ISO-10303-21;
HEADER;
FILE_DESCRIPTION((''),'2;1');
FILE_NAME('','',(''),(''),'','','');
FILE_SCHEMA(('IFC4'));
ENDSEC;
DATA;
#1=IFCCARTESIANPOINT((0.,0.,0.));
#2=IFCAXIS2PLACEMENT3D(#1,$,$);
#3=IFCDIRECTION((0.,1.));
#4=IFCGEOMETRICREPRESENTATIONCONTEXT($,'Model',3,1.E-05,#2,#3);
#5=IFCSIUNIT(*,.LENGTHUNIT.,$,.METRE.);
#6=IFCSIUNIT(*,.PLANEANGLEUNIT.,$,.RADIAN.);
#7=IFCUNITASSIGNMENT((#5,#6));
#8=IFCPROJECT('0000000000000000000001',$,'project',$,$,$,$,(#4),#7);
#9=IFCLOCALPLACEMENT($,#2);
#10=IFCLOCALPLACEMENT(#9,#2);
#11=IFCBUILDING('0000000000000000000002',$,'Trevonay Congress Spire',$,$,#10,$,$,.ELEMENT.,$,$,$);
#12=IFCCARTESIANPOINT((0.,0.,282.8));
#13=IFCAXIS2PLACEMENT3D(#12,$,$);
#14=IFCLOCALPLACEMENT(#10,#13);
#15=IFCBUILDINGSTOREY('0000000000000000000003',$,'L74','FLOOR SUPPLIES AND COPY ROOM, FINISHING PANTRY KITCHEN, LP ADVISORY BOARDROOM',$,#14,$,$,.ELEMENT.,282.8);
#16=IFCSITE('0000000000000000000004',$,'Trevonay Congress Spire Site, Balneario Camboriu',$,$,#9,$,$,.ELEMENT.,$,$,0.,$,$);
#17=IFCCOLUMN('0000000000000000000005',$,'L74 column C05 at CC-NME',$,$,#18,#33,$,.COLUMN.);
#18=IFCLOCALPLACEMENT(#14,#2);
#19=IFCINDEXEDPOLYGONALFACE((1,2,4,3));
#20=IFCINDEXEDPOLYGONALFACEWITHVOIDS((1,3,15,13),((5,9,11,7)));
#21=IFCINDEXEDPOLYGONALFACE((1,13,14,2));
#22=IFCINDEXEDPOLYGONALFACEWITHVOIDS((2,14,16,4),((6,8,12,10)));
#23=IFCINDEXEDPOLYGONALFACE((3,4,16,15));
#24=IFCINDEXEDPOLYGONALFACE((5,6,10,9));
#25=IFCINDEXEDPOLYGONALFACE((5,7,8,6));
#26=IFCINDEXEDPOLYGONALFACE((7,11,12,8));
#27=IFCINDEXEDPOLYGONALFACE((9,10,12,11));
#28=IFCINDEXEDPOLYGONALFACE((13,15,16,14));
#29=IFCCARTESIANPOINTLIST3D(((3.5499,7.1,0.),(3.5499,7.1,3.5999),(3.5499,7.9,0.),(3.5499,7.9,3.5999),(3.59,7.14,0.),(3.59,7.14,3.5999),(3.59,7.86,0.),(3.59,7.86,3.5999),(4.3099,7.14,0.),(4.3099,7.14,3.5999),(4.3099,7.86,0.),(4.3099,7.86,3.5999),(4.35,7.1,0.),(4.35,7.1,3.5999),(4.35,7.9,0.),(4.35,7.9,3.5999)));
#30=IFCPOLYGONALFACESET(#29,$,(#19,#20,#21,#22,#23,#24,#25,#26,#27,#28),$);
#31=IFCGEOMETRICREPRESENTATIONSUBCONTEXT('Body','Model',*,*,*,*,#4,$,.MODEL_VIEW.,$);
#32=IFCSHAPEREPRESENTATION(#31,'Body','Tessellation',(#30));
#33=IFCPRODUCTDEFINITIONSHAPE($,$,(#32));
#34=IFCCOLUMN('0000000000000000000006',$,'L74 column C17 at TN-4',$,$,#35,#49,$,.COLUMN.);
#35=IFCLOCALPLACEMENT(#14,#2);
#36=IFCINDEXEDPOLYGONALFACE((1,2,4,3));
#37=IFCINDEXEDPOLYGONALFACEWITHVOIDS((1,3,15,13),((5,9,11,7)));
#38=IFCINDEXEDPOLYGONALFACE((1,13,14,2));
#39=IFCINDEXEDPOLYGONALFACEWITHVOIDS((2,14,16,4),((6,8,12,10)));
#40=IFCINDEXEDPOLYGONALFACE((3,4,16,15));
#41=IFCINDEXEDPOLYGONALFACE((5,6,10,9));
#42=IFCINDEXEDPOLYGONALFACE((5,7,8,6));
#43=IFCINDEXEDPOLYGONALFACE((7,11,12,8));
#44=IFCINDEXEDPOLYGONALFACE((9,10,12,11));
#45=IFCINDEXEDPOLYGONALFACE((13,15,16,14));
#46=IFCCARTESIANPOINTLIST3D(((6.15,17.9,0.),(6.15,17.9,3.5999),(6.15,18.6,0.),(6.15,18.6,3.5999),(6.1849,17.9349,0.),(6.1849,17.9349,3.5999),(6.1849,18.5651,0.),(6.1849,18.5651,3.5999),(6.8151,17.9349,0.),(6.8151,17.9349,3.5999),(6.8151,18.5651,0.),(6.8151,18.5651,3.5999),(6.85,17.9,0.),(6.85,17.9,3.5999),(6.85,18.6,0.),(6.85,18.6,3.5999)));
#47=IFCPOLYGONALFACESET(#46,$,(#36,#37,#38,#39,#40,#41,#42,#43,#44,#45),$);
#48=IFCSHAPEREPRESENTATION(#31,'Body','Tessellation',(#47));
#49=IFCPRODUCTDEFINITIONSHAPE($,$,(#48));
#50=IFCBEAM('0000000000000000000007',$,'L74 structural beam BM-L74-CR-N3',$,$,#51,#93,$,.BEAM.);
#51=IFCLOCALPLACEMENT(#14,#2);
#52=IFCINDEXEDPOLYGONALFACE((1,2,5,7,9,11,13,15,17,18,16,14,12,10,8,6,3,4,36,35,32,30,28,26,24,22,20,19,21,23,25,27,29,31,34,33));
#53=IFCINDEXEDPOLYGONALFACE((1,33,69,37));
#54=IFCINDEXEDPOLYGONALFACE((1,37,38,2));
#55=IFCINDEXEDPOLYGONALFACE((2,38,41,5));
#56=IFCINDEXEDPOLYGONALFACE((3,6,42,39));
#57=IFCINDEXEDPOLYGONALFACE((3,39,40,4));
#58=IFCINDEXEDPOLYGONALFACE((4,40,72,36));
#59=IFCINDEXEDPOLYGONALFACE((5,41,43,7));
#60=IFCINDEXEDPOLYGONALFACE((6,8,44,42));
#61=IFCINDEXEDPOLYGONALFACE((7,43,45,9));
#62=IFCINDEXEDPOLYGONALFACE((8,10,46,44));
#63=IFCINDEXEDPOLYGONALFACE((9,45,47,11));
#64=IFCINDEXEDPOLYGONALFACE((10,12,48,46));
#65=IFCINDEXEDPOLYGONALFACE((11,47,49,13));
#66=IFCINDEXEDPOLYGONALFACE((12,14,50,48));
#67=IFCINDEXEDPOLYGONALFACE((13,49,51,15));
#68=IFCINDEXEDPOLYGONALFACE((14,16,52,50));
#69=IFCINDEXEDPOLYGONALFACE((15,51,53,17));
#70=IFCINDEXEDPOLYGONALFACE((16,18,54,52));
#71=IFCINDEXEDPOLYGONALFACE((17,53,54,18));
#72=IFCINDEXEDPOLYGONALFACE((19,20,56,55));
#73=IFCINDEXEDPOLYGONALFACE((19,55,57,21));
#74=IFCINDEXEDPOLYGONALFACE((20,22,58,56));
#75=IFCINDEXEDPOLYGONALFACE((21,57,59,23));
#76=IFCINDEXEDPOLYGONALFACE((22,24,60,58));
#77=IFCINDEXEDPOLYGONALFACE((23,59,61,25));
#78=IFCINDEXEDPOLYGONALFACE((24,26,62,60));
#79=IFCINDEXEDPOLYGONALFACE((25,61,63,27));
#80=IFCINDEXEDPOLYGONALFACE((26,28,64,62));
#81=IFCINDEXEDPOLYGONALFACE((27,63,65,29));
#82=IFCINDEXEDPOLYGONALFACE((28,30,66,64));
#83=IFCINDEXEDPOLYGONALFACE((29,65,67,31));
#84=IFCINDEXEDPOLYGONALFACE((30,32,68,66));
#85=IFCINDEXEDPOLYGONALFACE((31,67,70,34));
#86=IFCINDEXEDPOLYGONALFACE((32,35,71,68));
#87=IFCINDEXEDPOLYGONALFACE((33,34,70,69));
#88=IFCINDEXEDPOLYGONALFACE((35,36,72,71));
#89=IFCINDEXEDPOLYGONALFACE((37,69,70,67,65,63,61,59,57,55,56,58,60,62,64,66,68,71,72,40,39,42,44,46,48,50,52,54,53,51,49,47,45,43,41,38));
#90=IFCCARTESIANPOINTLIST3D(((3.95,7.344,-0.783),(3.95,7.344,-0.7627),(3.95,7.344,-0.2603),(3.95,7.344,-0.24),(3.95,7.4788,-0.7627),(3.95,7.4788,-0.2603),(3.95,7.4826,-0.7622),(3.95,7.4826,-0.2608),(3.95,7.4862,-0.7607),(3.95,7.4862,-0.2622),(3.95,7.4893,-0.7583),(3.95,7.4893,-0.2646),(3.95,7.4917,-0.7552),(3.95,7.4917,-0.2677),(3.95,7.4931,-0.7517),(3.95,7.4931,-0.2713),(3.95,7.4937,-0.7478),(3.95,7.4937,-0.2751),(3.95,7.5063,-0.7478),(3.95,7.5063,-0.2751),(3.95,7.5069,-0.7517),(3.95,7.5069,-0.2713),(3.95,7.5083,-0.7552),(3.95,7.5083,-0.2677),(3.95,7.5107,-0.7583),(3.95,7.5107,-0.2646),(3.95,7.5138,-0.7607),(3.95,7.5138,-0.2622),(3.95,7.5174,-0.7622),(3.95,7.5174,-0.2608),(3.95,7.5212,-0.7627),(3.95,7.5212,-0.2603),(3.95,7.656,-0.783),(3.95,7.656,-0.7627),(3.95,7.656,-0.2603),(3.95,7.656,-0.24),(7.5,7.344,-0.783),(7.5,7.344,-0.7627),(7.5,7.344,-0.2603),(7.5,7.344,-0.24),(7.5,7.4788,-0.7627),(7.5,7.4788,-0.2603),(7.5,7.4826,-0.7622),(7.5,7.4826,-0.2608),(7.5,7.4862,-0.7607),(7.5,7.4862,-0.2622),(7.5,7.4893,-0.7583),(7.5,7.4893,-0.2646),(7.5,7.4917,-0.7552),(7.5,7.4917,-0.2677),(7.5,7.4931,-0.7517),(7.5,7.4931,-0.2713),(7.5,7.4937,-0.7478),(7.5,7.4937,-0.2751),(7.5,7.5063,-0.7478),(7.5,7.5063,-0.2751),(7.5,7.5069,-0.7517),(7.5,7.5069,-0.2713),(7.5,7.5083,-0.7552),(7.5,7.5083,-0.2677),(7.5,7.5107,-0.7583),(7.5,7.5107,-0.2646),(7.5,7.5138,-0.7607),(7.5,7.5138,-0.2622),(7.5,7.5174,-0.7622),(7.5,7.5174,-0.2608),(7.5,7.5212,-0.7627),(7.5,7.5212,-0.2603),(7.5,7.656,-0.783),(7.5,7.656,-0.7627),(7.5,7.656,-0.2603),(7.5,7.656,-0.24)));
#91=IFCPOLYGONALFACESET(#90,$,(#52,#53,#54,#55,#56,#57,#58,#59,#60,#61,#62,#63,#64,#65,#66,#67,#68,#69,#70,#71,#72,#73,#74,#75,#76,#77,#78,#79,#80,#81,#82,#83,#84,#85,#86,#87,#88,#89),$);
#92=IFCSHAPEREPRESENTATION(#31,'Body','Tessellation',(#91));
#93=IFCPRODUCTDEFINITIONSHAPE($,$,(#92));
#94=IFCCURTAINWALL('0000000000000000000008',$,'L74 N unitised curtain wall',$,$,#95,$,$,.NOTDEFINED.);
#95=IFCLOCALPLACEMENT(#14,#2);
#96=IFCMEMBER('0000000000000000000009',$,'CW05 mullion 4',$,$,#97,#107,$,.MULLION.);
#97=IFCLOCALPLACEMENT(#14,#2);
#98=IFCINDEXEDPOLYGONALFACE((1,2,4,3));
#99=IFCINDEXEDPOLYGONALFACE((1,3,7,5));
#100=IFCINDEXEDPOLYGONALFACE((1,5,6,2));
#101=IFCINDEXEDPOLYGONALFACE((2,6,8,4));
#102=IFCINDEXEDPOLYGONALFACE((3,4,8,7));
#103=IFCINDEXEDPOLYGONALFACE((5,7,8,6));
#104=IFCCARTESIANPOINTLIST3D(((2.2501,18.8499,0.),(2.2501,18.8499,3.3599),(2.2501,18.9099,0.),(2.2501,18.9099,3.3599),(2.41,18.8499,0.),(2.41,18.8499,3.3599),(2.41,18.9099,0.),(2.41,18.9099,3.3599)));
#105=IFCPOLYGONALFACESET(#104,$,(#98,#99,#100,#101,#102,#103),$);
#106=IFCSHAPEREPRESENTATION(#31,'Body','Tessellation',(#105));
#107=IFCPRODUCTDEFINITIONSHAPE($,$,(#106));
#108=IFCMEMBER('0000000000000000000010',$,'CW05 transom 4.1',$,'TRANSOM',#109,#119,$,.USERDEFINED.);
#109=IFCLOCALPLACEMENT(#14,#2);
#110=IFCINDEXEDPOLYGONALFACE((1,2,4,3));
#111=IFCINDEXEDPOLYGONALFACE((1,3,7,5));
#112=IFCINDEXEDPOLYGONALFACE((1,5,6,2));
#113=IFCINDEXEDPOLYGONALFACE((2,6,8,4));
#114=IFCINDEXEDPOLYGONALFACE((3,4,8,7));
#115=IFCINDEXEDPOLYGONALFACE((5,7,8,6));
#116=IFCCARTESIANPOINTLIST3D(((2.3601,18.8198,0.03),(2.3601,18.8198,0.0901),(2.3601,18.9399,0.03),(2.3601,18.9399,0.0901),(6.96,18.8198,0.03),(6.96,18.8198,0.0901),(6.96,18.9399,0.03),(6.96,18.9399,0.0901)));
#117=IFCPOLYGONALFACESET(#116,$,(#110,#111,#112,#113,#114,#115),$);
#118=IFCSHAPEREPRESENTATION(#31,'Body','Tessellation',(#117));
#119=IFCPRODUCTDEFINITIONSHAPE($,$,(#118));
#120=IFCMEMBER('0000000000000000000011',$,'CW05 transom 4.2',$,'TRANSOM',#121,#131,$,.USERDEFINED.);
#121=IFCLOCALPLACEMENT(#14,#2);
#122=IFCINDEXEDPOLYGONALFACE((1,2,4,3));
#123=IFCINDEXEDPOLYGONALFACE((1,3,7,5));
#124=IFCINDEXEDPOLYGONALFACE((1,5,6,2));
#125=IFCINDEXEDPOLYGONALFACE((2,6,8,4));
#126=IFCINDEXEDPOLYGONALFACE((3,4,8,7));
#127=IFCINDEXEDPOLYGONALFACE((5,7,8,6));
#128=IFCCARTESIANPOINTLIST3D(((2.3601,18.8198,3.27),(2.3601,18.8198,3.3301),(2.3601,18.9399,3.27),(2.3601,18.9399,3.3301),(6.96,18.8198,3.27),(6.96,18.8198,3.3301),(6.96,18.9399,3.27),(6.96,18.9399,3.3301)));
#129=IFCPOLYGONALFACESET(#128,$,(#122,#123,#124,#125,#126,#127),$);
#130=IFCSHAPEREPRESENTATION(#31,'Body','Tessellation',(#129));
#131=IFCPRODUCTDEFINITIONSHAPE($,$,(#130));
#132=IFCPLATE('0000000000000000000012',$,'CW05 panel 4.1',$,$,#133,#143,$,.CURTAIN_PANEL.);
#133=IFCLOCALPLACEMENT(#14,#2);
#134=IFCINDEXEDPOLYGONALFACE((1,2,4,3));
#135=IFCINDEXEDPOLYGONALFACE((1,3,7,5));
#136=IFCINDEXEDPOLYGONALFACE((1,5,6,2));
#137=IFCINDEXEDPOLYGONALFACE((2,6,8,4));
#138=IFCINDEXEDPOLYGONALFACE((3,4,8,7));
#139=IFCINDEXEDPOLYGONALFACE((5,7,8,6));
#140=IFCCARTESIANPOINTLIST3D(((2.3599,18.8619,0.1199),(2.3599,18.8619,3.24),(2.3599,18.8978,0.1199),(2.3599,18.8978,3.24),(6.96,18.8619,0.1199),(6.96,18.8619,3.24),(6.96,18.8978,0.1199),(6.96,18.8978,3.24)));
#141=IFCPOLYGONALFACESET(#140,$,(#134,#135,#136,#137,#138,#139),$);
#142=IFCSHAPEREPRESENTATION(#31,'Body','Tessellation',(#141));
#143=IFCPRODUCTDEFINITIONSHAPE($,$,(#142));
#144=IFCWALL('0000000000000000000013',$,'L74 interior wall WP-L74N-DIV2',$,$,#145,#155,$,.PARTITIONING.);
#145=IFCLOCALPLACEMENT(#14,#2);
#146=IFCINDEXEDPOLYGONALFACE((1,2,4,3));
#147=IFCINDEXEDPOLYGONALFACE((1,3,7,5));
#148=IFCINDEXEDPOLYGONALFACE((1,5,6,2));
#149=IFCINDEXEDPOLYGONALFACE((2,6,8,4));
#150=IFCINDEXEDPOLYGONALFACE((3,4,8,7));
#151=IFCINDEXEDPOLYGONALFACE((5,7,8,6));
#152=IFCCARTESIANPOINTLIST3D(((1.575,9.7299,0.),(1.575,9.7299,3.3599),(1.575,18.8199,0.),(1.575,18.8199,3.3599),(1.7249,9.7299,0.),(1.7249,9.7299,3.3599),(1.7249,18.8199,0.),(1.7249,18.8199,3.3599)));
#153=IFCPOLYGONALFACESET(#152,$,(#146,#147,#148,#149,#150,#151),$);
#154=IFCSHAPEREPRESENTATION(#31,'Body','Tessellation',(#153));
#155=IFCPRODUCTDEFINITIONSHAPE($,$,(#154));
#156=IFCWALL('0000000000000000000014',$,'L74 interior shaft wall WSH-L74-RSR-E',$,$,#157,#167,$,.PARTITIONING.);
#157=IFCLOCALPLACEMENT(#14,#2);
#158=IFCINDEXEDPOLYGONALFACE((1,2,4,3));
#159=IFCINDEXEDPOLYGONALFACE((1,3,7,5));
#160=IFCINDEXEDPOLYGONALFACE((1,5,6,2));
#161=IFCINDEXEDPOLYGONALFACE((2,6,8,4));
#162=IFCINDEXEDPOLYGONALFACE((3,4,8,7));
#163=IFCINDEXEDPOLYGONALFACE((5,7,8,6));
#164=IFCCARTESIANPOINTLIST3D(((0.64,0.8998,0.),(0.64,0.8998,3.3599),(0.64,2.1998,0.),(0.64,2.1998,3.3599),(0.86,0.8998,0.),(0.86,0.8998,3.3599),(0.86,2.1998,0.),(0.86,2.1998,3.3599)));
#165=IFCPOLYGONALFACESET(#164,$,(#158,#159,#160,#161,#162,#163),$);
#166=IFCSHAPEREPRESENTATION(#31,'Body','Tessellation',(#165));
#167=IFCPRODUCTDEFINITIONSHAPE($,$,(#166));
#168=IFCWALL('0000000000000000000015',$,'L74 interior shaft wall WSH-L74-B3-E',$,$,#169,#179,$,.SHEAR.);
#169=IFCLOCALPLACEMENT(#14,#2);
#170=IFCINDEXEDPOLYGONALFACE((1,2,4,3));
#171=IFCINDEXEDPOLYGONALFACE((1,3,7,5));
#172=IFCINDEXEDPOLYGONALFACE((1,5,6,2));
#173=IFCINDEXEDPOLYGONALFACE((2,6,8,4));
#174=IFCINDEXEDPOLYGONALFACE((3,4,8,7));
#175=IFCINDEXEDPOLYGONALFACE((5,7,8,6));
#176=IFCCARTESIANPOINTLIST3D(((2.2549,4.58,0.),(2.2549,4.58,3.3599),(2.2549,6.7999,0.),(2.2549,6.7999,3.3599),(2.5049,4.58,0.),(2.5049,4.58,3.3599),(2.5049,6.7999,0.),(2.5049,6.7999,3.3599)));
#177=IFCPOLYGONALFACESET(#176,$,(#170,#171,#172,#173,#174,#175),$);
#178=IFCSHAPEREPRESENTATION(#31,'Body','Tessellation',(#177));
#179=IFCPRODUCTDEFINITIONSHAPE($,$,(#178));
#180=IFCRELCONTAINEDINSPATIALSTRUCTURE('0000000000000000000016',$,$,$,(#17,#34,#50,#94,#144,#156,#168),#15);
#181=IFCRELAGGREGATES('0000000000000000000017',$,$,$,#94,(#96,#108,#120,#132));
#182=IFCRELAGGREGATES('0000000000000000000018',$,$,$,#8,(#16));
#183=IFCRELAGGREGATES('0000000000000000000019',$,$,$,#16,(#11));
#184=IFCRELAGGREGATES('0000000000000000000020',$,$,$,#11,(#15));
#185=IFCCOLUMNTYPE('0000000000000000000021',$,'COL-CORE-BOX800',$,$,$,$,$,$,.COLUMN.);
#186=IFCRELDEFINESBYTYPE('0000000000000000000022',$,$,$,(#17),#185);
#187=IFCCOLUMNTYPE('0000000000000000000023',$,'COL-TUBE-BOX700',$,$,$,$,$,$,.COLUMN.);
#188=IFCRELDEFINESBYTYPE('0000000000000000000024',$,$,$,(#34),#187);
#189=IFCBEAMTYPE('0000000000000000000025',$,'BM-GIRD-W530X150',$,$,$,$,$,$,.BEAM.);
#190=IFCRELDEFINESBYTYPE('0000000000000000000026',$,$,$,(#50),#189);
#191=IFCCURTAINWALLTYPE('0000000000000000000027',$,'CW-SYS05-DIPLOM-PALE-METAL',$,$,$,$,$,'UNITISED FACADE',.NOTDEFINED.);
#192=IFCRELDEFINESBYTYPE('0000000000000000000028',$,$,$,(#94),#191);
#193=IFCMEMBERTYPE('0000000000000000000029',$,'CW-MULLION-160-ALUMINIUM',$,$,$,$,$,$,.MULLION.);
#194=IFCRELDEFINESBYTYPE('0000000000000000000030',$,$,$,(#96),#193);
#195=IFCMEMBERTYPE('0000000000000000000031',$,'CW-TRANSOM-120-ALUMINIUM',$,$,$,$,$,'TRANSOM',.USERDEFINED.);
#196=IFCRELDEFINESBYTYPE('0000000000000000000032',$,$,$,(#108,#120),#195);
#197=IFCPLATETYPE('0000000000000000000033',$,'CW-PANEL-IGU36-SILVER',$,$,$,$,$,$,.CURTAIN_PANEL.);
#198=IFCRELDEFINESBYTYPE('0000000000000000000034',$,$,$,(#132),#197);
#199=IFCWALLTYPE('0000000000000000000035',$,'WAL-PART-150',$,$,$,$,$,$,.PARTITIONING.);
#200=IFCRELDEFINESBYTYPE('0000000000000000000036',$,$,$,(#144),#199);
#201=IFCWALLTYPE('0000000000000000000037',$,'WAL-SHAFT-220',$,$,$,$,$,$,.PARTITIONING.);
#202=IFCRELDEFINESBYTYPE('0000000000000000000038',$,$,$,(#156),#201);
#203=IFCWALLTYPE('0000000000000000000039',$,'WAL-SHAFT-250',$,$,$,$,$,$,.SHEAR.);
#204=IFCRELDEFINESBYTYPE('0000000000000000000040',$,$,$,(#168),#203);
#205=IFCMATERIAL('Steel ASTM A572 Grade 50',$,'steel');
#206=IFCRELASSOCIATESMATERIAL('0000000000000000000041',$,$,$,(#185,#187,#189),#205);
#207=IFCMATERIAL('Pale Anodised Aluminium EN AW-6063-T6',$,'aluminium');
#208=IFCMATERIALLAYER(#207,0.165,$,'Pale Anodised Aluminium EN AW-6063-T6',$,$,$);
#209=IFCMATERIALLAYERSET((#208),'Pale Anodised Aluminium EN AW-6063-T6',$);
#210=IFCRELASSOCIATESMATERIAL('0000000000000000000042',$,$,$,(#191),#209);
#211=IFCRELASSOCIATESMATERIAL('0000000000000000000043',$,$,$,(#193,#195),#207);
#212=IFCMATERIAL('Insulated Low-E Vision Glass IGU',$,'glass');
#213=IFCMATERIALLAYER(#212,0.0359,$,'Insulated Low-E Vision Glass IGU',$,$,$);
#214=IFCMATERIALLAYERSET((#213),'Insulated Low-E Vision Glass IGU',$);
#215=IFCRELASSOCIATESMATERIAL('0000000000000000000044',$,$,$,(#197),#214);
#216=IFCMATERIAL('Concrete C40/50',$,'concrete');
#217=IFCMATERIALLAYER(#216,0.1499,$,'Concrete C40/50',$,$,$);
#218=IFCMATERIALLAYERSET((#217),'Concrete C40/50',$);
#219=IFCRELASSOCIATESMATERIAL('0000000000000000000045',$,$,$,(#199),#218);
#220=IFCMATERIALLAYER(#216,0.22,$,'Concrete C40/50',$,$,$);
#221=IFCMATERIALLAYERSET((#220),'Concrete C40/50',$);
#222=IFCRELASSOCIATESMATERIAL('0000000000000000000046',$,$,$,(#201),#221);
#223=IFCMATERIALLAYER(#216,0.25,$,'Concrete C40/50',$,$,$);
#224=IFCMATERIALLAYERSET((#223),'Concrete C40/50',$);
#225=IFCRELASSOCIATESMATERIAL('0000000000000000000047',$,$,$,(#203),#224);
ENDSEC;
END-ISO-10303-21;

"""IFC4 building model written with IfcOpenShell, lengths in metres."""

from ifc_helpers import new_model, si_unit, direction, frame, frame_2d, origin, origin_2d, place, context, subcontext, project, spatial, rectangle, hollow_rectangle, i_section, extrude, material, layer, layer_set, material_profile, profile_set, type_object, element, aggregate, save


model = new_model("IFC4")

# Units and contexts
model_context = context("Model", 3, precision=1e-05, world=origin(), true_north=direction((0.0, 1.0)))
body_context = subcontext(model_context, "Body", "Model", "MODEL_VIEW")
ifc_project = project(units=[si_unit("LENGTHUNIT", "METRE"), si_unit("PLANEANGLEUNIT", "RADIAN")], contexts=[model_context])

# Site, building, storey
site_placement = place(None, origin())
site = spatial("IfcSite", under=ifc_project, at=site_placement, Name="Trevonay Congress Spire Site, Balneario Camboriu", CompositionType="ELEMENT", RefElevation=0.0)
building_placement = place(site_placement, origin())
building = spatial("IfcBuilding", under=site, at=building_placement, Name="Trevonay Congress Spire", CompositionType="ELEMENT")
storey_placement = place(building_placement, frame((0.0, 0.0, 282.8)))
storey = spatial("IfcBuildingStorey", under=building, at=storey_placement, Name="L74", Description="FLOOR SUPPLIES AND COPY ROOM, FINISHING PANTRY KITCHEN, LP ADVISORY BOARDROOM", CompositionType="ELEMENT", Elevation=282.8)

# Columns
ifc_material_1 = material(Name="Steel ASTM A572 Grade 50", Category="steel")
ifc_material_profile_1 = material_profile(ifc_material_1, hollow_rectangle(XDim=0.8, YDim=0.8, WallThickness=0.04, at=origin_2d()), Name="BOX 800x800x40")
ifc_profile_set_1 = profile_set([ifc_material_profile_1], Name="Steel ASTM A572 Grade 50")
column_type_1 = type_object("IfcColumnType", Name="COL-CORE-BOX800", PredefinedType="COLUMN", material=ifc_profile_set_1)
column_1_placement = place(storey_placement, frame((3.95, 7.5, 0.0), z_axis=(0.0, 0.0, 1.0), x_axis=(1.0, 0.0, 0.0)))
element("IfcColumn", 1, at=column_1_placement, inside=storey, type_object=column_type_1, Name="L74 column C05 at CC-NME", PredefinedType="COLUMN", context=body_context, shape_type="SweptSolid", body=[
    extrude(hollow_rectangle(XDim=0.8, YDim=0.8, WallThickness=0.04, at=origin_2d()), origin(), (0.0, 0.0, 1.0), 3.5999),
])
ifc_material_profile_2 = material_profile(ifc_material_1, hollow_rectangle(XDim=0.7, YDim=0.7, WallThickness=0.0349, at=origin_2d()), Name="BOX 700x700x35")
ifc_profile_set_2 = profile_set([ifc_material_profile_2], Name="Steel ASTM A572 Grade 50")
column_type_2 = type_object("IfcColumnType", Name="COL-TUBE-BOX700", PredefinedType="COLUMN", material=ifc_profile_set_2)
column_2_placement = place(storey_placement, frame((6.5, 18.25, 0.0), z_axis=(0.0, 0.0, 1.0), x_axis=(1.0, 0.0, 0.0)))
element("IfcColumn", 2, at=column_2_placement, inside=storey, type_object=column_type_2, Name="L74 column C17 at TN-4", PredefinedType="COLUMN", context=body_context, shape_type="SweptSolid", body=[
    extrude(hollow_rectangle(XDim=0.7, YDim=0.7, WallThickness=0.0349, at=origin_2d()), origin(), (0.0, 0.0, 1.0), 3.5999),
])

# Beam
ifc_material_profile_3 = material_profile(ifc_material_1, i_section(OverallWidth=0.312, OverallDepth=0.543, WebThickness=0.0127, FlangeThickness=0.0203, FilletRadius=0.0149, at=origin_2d()), Name="W530x150")
ifc_profile_set_3 = profile_set([ifc_material_profile_3], Name="Steel ASTM A572 Grade 50")
beam_type = type_object("IfcBeamType", Name="BM-GIRD-W530X150", PredefinedType="BEAM", material=ifc_profile_set_3)
beam_placement = place(storey_placement, frame((3.95, 7.5, -0.5115), z_axis=(1.0, 0.0, 0.0), x_axis=(0.0, 1.0, 0.0)))
element("IfcBeam", 3, at=beam_placement, inside=storey, type_object=beam_type, Name="L74 structural beam BM-L74-CR-N3", PredefinedType="BEAM", context=body_context, shape_type="SweptSolid", body=[
    extrude(i_section(OverallWidth=0.312, OverallDepth=0.543, WebThickness=0.0127, FlangeThickness=0.0203, FilletRadius=0.0149, at=origin_2d()), origin(), (0.0, 0.0, 1.0), 3.55),
])

# Curtain wall, members, plate
ifc_material_2 = material(Name="Pale Anodised Aluminium EN AW-6063-T6", Category="aluminium")
ifc_layer_1 = layer(ifc_material_2, 0.165, Name="Pale Anodised Aluminium EN AW-6063-T6")
ifc_layer_set_1 = layer_set([ifc_layer_1], Name="Pale Anodised Aluminium EN AW-6063-T6")
curtain_wall_type = type_object("IfcCurtainWallType", Name="CW-SYS05-DIPLOM-PALE-METAL", ElementType="UNITISED FACADE", PredefinedType="NOTDEFINED", material=ifc_layer_set_1)
curtain_wall_placement = place(storey_placement, origin())
curtain_wall = element("IfcCurtainWall", 4, at=curtain_wall_placement, inside=storey, type_object=curtain_wall_type, Name="L74 N unitised curtain wall", PredefinedType="NOTDEFINED")
ifc_material_profile_4 = material_profile(ifc_material_2, rectangle(XDim=0.0601, YDim=0.1599, at=origin_2d()), Name="CW-MULLION-160-ALUMINIUM")
ifc_profile_set_4 = profile_set([ifc_material_profile_4], Name="Pale Anodised Aluminium EN AW-6063-T6")
member_type_1 = type_object("IfcMemberType", Name="CW-MULLION-160-ALUMINIUM", PredefinedType="MULLION", material=ifc_profile_set_4)
member_1_placement = place(storey_placement, frame((2.3301, 18.8799, 0.0), z_axis=(0.0, 0.0, 1.0), x_axis=(0.0, 1.0, 0.0)))
member_1 = element("IfcMember", 5, at=member_1_placement, type_object=member_type_1, Name="CW05 mullion 4", PredefinedType="MULLION", context=body_context, shape_type="SweptSolid", body=[
    extrude(rectangle(XDim=0.0601, YDim=0.1599, at=origin_2d()), origin(), (0.0, 0.0, 1.0), 3.3599),
])
ifc_material_profile_5 = material_profile(ifc_material_2, rectangle(XDim=0.1201, YDim=0.0601, at=origin_2d()), Name="CW-TRANSOM-120-ALUMINIUM")
ifc_profile_set_5 = profile_set([ifc_material_profile_5], Name="Pale Anodised Aluminium EN AW-6063-T6")
member_type_2 = type_object("IfcMemberType", Name="CW-TRANSOM-120-ALUMINIUM", ElementType="TRANSOM", PredefinedType="USERDEFINED", material=ifc_profile_set_5)
member_2_placement = place(storey_placement, frame((2.3601, 18.8799, 0.0601), z_axis=(1.0, 0.0, 0.0), x_axis=(0.0, 1.0, 0.0)))
member_2 = element("IfcMember", 6, at=member_2_placement, type_object=member_type_2, Name="CW05 transom 4.1", ObjectType="TRANSOM", PredefinedType="USERDEFINED", context=body_context, shape_type="SweptSolid", body=[
    extrude(rectangle(XDim=0.1201, YDim=0.0601, at=origin_2d()), origin(), (0.0, 0.0, 1.0), 4.5999),
])
member_3_placement = place(storey_placement, frame((2.3601, 18.8799, 3.3), z_axis=(1.0, 0.0, 0.0), x_axis=(0.0, 1.0, 0.0)))
member_3 = element("IfcMember", 7, at=member_3_placement, type_object=member_type_2, Name="CW05 transom 4.2", ObjectType="TRANSOM", PredefinedType="USERDEFINED", context=body_context, shape_type="SweptSolid", body=[
    extrude(rectangle(XDim=0.1201, YDim=0.0601, at=origin_2d()), origin(), (0.0, 0.0, 1.0), 4.5999),
])
ifc_material_3 = material(Name="Insulated Low-E Vision Glass IGU", Category="glass")
ifc_layer_2 = layer(ifc_material_3, 0.0359, Name="Insulated Low-E Vision Glass IGU")
ifc_layer_set_2 = layer_set([ifc_layer_2], Name="Insulated Low-E Vision Glass IGU")
plate_type = type_object("IfcPlateType", Name="CW-PANEL-IGU36-SILVER", PredefinedType="CURTAIN_PANEL", material=ifc_layer_set_2)
plate_placement = place(storey_placement, frame((4.6599, 18.8799, 0.1199), z_axis=(0.0, 0.0, 1.0), x_axis=(1.0, 0.0, 0.0)))
plate = element("IfcPlate", 8, at=plate_placement, type_object=plate_type, Name="CW05 panel 4.1", PredefinedType="CURTAIN_PANEL", context=body_context, shape_type="SweptSolid", body=[
    extrude(rectangle(XDim=4.6001, YDim=0.0359, at=origin_2d()), origin(), (0.0, 0.0, 1.0), 3.1201),
])
aggregate(curtain_wall, [member_1, member_2, member_3, plate])

# Walls
ifc_material_4 = material(Name="Concrete C40/50", Category="concrete")
ifc_layer_3 = layer(ifc_material_4, 0.1499, Name="Concrete C40/50")
ifc_layer_set_3 = layer_set([ifc_layer_3], Name="Concrete C40/50")
wall_type_1 = type_object("IfcWallType", Name="WAL-PART-150", PredefinedType="PARTITIONING", material=ifc_layer_set_3)
wall_1_placement = place(storey_placement, frame((1.6499, 9.73, 0.0), z_axis=(0.0, 0.0, 1.0), x_axis=(0.0, 1.0, 0.0)))
element("IfcWall", 9, at=wall_1_placement, inside=storey, type_object=wall_type_1, Name="L74 interior wall WP-L74N-DIV2", PredefinedType="PARTITIONING", context=body_context, shape_type="SweptSolid", body=[
    extrude(rectangle(XDim=9.0901, YDim=0.1499, at=frame_2d((4.5449, 0.0))), origin(), (0.0, 0.0, 1.0), 3.3599),
])
ifc_layer_4 = layer(ifc_material_4, 0.22, Name="Concrete C40/50")
ifc_layer_set_4 = layer_set([ifc_layer_4], Name="Concrete C40/50")
wall_type_2 = type_object("IfcWallType", Name="WAL-SHAFT-220", PredefinedType="PARTITIONING", material=ifc_layer_set_4)
wall_2_placement = place(storey_placement, frame((0.75, 0.8999, 0.0), z_axis=(0.0, 0.0, 1.0), x_axis=(0.0, 1.0, 0.0)))
element("IfcWall", 10, at=wall_2_placement, inside=storey, type_object=wall_type_2, Name="L74 interior shaft wall WSH-L74-RSR-E", PredefinedType="PARTITIONING", context=body_context, shape_type="SweptSolid", body=[
    extrude(rectangle(XDim=1.3, YDim=0.22, at=frame_2d((0.6499, 0.0))), origin(), (0.0, 0.0, 1.0), 3.3599),
])
ifc_layer_5 = layer(ifc_material_4, 0.25, Name="Concrete C40/50")
ifc_layer_set_5 = layer_set([ifc_layer_5], Name="Concrete C40/50")
wall_type_3 = type_object("IfcWallType", Name="WAL-SHAFT-250", PredefinedType="SHEAR", material=ifc_layer_set_5)
wall_3_placement = place(storey_placement, frame((2.3799, 4.5801, 0.0), z_axis=(0.0, 0.0, 1.0), x_axis=(0.0, 1.0, 0.0)))
element("IfcWall", 11, at=wall_3_placement, inside=storey, type_object=wall_type_3, Name="L74 interior shaft wall WSH-L74-B3-E", PredefinedType="SHEAR", context=body_context, shape_type="SweptSolid", body=[
    extrude(rectangle(XDim=2.22, YDim=0.25, at=frame_2d((1.1099, 0.0))), origin(), (0.0, 0.0, 1.0), 3.3599),
])

save(model, "model.ifc")
